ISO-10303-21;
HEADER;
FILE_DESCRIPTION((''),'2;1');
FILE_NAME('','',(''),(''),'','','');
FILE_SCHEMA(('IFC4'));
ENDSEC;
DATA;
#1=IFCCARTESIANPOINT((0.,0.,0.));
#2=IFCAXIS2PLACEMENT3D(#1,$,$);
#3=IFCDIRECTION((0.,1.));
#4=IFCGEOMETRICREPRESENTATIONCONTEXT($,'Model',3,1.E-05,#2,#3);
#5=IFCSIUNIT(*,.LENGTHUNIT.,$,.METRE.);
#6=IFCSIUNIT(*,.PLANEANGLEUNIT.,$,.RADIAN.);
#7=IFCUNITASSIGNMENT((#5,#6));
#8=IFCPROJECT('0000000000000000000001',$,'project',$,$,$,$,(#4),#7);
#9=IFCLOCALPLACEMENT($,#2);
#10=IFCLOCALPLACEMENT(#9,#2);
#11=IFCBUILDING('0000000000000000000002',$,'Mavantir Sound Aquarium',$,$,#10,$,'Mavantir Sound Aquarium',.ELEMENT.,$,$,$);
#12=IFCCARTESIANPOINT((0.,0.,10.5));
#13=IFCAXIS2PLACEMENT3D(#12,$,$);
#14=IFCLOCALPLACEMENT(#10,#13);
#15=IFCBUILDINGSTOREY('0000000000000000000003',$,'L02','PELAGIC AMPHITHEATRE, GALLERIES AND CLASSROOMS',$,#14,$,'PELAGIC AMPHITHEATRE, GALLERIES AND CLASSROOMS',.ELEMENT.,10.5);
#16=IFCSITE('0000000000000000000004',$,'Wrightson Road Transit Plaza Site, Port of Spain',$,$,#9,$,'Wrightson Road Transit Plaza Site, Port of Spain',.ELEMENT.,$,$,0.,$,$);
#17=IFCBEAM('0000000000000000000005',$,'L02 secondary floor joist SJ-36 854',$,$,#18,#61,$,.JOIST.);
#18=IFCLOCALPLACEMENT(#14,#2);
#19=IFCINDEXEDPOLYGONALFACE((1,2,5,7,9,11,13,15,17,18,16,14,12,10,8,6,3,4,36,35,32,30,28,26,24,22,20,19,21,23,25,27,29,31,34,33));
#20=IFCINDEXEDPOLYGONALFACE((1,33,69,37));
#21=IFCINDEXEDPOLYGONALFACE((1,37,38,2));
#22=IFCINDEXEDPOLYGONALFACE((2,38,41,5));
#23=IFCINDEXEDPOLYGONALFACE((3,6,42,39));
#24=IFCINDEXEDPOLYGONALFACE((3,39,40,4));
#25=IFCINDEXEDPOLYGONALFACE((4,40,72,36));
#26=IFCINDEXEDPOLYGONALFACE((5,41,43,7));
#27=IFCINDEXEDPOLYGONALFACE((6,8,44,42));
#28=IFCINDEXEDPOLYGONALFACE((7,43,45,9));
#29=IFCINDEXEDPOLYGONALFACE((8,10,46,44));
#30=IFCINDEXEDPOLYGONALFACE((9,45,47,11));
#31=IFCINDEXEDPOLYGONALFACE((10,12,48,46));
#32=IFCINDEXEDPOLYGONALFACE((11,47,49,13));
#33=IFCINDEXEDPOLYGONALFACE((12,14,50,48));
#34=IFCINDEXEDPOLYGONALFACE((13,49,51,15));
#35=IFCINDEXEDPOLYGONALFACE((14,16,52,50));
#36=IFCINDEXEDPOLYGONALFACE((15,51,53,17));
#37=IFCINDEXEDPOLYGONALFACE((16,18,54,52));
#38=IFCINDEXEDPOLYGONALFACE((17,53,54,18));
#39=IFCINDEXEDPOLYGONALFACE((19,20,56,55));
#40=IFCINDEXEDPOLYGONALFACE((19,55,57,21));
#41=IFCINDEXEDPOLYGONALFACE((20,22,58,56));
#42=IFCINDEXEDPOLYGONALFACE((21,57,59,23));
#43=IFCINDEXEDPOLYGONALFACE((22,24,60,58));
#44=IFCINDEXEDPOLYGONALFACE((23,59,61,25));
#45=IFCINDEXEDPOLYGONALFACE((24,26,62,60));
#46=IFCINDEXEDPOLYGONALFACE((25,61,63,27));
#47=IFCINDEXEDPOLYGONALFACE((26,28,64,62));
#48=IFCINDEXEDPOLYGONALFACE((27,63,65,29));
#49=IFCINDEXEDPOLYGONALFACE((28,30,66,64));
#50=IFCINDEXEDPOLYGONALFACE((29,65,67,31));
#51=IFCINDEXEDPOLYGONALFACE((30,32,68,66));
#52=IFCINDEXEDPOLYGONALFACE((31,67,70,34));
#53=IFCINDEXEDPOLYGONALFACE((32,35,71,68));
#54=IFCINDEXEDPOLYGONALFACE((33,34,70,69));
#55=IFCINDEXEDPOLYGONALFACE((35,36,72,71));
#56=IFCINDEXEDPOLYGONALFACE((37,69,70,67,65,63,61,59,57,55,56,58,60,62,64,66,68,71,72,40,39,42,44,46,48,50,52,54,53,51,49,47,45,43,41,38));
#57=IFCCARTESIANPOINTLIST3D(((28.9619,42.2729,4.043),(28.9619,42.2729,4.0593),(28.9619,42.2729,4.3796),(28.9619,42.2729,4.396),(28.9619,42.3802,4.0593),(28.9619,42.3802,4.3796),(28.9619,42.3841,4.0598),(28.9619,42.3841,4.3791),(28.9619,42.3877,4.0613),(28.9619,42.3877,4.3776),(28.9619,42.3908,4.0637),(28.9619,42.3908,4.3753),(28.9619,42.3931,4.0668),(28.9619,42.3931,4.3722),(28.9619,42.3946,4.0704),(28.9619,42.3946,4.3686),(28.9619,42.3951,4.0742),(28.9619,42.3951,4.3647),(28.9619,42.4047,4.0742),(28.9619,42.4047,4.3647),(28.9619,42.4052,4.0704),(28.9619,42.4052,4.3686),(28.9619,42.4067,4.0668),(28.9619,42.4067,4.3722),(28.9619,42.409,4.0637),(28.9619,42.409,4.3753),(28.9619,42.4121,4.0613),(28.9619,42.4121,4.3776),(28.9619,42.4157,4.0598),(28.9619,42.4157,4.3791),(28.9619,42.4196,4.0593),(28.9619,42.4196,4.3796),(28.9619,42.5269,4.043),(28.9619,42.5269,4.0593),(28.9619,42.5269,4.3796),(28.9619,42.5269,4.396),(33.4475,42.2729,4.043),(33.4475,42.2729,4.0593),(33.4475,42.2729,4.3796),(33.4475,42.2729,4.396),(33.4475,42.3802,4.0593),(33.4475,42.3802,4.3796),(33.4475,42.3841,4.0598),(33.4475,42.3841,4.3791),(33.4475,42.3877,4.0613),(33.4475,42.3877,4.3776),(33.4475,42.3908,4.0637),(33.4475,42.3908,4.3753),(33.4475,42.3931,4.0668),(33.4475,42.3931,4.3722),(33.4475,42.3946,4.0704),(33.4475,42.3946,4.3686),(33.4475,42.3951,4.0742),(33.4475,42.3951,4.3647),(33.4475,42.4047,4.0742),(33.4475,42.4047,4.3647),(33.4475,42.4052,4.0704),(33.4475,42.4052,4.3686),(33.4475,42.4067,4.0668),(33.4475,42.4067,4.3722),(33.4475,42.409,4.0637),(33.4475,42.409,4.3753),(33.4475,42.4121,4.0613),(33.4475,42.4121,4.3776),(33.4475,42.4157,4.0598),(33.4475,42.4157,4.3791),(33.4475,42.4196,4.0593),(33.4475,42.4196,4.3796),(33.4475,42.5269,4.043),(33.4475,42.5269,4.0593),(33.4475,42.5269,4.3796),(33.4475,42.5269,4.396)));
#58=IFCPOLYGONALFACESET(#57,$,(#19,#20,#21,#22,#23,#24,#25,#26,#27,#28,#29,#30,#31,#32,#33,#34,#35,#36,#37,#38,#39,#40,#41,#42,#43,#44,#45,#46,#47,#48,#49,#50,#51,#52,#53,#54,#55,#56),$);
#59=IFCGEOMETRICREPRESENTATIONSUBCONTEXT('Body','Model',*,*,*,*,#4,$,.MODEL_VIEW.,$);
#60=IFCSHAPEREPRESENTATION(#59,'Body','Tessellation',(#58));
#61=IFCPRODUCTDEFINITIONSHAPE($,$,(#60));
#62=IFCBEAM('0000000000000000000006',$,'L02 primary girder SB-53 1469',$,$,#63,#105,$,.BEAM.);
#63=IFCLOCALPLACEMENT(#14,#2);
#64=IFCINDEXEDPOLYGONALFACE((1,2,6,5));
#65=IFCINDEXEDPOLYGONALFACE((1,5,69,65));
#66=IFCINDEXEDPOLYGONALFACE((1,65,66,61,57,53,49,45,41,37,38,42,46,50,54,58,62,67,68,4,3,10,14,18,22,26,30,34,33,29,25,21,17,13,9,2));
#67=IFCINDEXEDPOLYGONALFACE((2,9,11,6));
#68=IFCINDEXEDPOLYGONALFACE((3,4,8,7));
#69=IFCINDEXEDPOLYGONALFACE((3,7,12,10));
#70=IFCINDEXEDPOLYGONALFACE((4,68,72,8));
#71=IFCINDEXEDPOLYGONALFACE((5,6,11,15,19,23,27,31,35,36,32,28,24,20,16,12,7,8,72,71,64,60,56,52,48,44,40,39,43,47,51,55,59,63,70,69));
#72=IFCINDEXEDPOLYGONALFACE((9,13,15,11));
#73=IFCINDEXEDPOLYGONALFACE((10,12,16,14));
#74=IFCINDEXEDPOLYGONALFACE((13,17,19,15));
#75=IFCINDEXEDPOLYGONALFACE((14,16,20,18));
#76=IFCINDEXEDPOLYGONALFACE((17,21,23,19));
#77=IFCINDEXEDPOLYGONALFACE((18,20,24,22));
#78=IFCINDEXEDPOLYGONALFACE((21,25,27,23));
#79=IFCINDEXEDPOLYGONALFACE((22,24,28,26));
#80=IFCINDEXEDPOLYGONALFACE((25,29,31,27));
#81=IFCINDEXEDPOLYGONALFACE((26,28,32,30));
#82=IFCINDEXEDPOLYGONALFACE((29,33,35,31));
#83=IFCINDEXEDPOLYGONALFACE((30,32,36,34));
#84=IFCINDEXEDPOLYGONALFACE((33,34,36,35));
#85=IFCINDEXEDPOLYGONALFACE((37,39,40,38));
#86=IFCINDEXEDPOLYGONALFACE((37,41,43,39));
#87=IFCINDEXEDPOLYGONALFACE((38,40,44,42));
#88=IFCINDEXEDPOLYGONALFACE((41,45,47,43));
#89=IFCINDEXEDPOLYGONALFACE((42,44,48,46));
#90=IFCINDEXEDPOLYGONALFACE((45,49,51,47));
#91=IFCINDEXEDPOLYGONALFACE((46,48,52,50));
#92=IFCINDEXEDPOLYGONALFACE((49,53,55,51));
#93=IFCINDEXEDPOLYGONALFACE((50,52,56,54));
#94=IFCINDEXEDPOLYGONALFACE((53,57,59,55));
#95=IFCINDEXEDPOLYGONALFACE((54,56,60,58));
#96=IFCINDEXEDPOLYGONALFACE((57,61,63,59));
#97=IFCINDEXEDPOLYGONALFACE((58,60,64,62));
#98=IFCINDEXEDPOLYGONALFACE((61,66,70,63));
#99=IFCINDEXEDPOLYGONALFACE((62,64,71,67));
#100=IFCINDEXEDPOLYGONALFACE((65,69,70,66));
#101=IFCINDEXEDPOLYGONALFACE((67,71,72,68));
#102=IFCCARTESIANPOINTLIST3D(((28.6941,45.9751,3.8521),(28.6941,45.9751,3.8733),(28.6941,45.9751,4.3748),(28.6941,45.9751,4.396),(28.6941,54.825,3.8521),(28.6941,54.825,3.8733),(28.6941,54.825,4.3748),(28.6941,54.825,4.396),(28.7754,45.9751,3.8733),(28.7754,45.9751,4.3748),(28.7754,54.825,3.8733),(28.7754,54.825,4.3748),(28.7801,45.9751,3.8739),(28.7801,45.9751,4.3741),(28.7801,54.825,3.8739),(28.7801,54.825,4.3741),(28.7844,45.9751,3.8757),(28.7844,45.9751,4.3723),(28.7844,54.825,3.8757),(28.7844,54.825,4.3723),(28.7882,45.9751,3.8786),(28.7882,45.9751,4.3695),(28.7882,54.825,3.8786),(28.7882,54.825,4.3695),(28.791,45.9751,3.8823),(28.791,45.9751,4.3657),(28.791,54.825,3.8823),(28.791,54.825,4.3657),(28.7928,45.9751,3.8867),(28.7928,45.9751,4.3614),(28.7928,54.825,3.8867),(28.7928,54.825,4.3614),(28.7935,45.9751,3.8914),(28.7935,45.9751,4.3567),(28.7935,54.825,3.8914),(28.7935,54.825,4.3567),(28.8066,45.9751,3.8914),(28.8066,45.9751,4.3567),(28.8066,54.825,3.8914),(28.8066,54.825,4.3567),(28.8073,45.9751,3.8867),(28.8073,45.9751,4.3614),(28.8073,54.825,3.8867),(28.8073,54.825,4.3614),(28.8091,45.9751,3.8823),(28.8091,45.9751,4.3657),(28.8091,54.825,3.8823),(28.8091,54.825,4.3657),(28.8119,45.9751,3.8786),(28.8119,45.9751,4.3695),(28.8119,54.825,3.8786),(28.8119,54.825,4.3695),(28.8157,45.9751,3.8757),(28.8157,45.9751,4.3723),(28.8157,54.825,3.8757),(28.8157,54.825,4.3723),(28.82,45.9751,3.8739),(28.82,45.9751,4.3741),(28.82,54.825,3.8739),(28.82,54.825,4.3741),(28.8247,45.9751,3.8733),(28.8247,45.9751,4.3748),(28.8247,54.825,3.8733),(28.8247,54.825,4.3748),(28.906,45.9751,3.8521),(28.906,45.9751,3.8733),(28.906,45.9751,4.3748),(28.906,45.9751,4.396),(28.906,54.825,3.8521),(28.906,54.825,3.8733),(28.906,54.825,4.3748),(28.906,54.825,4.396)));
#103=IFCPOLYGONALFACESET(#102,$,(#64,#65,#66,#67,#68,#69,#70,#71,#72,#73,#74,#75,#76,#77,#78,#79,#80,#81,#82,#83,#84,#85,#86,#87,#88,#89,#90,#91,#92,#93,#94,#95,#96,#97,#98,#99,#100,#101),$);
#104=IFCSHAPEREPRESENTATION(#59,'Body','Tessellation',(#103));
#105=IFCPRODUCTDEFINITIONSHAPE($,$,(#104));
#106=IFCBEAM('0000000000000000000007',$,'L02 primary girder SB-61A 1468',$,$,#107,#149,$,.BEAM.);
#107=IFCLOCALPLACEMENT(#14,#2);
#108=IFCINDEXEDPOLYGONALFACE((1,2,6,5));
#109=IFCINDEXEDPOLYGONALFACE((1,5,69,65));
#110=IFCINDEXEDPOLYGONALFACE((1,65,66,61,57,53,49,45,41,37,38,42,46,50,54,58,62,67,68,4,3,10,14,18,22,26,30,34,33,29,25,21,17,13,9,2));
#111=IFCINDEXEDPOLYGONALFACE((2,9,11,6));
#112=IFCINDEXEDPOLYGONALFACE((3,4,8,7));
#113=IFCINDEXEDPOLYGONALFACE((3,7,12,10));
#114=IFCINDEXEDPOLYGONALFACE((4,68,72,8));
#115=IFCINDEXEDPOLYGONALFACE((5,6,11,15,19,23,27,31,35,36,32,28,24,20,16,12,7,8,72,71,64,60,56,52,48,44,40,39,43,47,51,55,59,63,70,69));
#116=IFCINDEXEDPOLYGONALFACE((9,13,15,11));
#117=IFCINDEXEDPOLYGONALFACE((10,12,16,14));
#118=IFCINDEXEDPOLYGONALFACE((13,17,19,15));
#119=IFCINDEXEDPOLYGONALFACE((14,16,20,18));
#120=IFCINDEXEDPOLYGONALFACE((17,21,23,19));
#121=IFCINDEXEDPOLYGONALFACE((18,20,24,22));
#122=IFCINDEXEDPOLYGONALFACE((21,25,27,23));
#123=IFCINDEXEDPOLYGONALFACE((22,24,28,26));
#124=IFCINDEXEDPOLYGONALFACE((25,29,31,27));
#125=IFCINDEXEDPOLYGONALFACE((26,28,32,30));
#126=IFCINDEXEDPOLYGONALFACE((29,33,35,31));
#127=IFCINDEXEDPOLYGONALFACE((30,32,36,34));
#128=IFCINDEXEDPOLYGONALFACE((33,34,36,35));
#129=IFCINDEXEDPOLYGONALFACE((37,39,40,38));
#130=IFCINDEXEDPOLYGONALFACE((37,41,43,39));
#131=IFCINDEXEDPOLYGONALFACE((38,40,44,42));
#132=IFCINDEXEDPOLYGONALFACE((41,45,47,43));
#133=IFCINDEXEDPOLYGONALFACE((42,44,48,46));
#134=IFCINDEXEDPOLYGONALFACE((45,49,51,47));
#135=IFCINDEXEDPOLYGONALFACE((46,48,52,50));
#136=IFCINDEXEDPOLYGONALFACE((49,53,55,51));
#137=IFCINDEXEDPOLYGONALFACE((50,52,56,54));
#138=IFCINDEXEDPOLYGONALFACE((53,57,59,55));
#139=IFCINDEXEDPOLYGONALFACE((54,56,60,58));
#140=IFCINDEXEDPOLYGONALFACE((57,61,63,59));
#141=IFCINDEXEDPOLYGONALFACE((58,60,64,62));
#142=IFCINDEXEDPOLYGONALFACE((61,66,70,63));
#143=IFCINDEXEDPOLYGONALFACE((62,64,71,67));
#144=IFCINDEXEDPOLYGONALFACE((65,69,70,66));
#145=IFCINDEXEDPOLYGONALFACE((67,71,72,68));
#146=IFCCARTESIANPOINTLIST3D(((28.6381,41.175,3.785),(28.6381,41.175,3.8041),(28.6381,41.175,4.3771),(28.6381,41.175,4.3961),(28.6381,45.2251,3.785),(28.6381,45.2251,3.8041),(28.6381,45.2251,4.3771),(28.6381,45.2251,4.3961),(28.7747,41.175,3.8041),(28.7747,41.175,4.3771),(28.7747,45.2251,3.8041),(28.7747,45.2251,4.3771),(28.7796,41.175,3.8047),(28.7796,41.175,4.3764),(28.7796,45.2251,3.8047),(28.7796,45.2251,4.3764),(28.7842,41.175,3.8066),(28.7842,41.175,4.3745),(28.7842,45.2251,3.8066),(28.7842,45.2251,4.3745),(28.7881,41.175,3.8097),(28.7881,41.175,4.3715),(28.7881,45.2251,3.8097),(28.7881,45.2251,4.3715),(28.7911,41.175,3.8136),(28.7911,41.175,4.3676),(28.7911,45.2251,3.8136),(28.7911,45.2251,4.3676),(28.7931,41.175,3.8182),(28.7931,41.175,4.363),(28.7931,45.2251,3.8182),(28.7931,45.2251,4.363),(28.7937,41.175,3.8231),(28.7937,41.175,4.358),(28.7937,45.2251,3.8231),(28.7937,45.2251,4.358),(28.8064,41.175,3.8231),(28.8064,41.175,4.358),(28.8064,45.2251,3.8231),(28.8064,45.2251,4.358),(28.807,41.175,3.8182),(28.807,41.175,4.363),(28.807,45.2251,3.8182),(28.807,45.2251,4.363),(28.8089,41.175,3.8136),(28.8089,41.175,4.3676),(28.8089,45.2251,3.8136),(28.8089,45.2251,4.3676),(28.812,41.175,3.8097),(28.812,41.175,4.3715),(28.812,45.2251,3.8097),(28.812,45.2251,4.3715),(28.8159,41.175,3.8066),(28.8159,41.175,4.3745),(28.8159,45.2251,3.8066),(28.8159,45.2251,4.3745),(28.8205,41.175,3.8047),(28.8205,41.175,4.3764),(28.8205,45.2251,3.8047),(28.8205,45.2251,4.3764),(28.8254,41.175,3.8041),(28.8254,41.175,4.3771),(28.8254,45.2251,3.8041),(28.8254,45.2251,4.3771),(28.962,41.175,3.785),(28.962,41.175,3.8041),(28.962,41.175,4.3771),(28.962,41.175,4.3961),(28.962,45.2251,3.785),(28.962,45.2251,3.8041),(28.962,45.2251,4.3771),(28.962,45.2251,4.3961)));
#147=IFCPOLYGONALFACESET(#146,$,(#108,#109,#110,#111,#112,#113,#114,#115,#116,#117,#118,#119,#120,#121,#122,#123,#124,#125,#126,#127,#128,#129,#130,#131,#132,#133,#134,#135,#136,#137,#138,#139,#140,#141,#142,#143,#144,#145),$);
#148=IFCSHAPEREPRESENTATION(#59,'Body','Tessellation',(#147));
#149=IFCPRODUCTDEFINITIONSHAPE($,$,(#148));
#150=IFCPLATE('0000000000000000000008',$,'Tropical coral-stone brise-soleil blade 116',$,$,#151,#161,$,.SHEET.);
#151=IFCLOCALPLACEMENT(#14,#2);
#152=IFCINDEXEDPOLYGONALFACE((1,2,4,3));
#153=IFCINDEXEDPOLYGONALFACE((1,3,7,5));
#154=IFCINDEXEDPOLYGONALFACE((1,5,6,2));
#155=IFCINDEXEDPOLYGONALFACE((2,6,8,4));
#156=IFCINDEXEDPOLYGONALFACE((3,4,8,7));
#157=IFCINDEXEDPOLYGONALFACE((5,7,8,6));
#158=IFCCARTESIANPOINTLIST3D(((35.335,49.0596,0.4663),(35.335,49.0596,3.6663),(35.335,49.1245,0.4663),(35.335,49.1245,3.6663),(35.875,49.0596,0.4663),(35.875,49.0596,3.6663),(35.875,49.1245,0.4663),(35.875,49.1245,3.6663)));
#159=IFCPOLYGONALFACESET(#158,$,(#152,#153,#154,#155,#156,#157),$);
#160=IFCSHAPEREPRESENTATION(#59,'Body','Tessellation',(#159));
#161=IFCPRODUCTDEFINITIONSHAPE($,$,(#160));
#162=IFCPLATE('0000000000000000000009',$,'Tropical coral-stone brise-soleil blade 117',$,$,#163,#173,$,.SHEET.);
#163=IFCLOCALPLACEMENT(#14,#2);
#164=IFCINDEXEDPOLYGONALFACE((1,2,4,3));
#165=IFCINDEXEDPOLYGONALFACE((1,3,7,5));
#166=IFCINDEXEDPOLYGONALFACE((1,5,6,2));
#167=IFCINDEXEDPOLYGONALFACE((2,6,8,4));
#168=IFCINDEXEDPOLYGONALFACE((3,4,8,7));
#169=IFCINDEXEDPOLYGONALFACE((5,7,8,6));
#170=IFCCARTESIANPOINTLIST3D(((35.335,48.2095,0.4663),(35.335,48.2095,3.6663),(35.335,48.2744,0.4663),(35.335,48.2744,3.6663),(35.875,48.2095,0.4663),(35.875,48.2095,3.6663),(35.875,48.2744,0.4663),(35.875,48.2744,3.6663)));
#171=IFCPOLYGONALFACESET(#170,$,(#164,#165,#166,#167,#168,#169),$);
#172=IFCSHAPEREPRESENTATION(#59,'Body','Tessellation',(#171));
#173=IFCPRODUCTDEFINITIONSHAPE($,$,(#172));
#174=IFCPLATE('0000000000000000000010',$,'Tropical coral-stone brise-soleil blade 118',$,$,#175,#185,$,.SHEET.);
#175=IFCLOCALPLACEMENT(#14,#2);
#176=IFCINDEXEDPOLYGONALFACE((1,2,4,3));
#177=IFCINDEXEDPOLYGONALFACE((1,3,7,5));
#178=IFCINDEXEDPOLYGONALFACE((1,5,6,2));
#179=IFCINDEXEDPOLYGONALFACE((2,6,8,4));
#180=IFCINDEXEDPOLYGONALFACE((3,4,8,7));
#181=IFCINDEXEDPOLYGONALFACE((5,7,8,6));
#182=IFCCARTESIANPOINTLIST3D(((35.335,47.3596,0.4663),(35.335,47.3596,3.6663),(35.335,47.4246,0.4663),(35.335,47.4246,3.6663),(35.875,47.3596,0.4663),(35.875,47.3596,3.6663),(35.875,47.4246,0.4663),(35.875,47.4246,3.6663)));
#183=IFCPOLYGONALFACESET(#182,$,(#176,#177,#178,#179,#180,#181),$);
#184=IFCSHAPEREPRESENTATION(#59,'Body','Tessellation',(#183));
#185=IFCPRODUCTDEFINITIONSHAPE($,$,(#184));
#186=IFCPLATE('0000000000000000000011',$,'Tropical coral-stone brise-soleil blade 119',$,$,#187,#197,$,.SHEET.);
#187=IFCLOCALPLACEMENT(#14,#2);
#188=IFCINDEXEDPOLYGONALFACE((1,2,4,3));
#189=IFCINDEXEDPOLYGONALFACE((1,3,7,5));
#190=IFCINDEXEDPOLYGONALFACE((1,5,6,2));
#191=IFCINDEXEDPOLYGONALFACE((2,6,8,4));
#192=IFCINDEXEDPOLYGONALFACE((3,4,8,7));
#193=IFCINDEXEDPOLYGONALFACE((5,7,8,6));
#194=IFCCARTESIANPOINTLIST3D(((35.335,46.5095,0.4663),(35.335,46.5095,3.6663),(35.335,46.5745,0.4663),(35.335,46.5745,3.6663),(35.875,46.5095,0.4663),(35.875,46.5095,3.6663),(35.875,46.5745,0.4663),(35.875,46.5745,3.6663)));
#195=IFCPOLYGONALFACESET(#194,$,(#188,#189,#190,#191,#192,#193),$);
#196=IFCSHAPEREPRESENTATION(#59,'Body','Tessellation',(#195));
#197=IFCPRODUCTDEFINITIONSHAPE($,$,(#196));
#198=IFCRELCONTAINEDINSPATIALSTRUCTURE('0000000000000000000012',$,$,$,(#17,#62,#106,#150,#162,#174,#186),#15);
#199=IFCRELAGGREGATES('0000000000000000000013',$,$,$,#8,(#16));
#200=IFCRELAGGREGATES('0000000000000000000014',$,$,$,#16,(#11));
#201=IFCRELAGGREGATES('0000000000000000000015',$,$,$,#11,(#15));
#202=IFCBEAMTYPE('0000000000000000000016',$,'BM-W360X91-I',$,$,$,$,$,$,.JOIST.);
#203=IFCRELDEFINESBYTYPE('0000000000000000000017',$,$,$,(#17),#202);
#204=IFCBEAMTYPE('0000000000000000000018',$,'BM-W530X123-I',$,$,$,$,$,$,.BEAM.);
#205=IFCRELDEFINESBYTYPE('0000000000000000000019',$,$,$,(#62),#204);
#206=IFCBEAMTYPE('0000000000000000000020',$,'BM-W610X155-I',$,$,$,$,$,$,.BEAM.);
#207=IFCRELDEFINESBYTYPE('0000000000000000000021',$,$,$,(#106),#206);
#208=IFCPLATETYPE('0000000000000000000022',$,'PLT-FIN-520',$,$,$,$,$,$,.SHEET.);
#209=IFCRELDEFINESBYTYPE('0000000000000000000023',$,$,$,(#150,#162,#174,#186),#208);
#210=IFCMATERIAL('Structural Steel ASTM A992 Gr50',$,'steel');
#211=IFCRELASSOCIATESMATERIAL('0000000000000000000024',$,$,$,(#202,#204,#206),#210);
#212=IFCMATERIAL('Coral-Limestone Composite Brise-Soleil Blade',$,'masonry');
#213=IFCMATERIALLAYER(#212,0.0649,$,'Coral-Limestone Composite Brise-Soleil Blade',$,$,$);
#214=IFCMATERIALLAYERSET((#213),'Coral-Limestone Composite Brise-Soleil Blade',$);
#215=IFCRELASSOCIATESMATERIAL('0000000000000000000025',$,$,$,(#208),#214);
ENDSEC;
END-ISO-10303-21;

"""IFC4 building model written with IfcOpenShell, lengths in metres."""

from ifc_helpers import new_model, si_unit, direction, frame, origin, origin_2d, place, context, subcontext, project, spatial, rectangle, i_section, extrude, material, layer, layer_set, material_profile, profile_set, type_object, element, save


model = new_model("IFC4")

# Units and contexts
model_context = context("Model", 3, precision=1e-05, world=origin(), true_north=direction((0.0, 1.0)))
body_context = subcontext(model_context, "Body", "Model", "MODEL_VIEW")
ifc_project = project(units=[si_unit("LENGTHUNIT", "METRE"), si_unit("PLANEANGLEUNIT", "RADIAN")], contexts=[model_context])

# Site, building, storey
site_placement = place(None, origin())
site = spatial("IfcSite", under=ifc_project, at=site_placement, Name="Wrightson Road Transit Plaza Site, Port of Spain", LongName="Wrightson Road Transit Plaza Site, Port of Spain", CompositionType="ELEMENT", RefElevation=0.0)
building_placement = place(site_placement, origin())
building = spatial("IfcBuilding", under=site, at=building_placement, Name="Mavantir Sound Aquarium", LongName="Mavantir Sound Aquarium", CompositionType="ELEMENT")
storey_placement = place(building_placement, frame((0.0, 0.0, 10.5)))
storey = spatial("IfcBuildingStorey", under=building, at=storey_placement, Name="L02", Description="PELAGIC AMPHITHEATRE, GALLERIES AND CLASSROOMS", LongName="PELAGIC AMPHITHEATRE, GALLERIES AND CLASSROOMS", CompositionType="ELEMENT", Elevation=10.5)

# Beams
ifc_material_1 = material(Name="Structural Steel ASTM A992 Gr50", Category="steel")
ifc_material_profile_1 = material_profile(ifc_material_1, i_section(OverallWidth=0.2539, OverallDepth=0.353, WebThickness=0.0095, FlangeThickness=0.0164, FilletRadius=0.0149, at=origin_2d()), Name="W360X91")
ifc_profile_set_1 = profile_set([ifc_material_profile_1], Name="Structural Steel ASTM A992 Gr50")
beam_type_1 = type_object("IfcBeamType", Name="BM-W360X91-I", PredefinedType="JOIST", material=ifc_profile_set_1)
beam_1_placement = place(storey_placement, frame((28.9619, 42.3999, 4.2195), z_axis=(1.0, 0.0, 0.0), x_axis=(0.0, 1.0, 0.0)))
element("IfcBeam", 1, at=beam_1_placement, inside=storey, type_object=beam_type_1, Name="L02 secondary floor joist SJ-36 854", PredefinedType="JOIST", context=body_context, shape_type="SweptSolid", body=[
    extrude(i_section(OverallWidth=0.2539, OverallDepth=0.353, WebThickness=0.0095, FlangeThickness=0.0164, FilletRadius=0.0149, at=origin_2d()), origin(), (0.0, 0.0, 1.0), 4.4856),
])
ifc_material_profile_2 = material_profile(ifc_material_1, i_section(OverallWidth=0.2119, OverallDepth=0.5439, WebThickness=0.0132, FlangeThickness=0.0212, FilletRadius=0.0181, at=origin_2d()), Name="W530X123")
ifc_profile_set_2 = profile_set([ifc_material_profile_2], Name="Structural Steel ASTM A992 Gr50")
beam_type_2 = type_object("IfcBeamType", Name="BM-W530X123-I", PredefinedType="BEAM", material=ifc_profile_set_2)
beam_2_placement = place(storey_placement, frame((28.8, 45.9751, 4.124), z_axis=(0.0, 1.0, 0.0), x_axis=(-1.0, 0.0, 0.0)))
element("IfcBeam", 2, at=beam_2_placement, inside=storey, type_object=beam_type_2, Name="L02 primary girder SB-53 1469", PredefinedType="BEAM", context=body_context, shape_type="SweptSolid", body=[
    extrude(i_section(OverallWidth=0.2119, OverallDepth=0.5439, WebThickness=0.0132, FlangeThickness=0.0212, FilletRadius=0.0181, at=origin_2d()), origin(), (0.0, 0.0, 1.0), 8.8499),
])
ifc_material_profile_3 = material_profile(ifc_material_1, i_section(OverallWidth=0.324, OverallDepth=0.6111, WebThickness=0.0127, FlangeThickness=0.019, FilletRadius=0.019, at=origin_2d()), Name="W610X155")
ifc_profile_set_3 = profile_set([ifc_material_profile_3], Name="Structural Steel ASTM A992 Gr50")
beam_type_3 = type_object("IfcBeamType", Name="BM-W610X155-I", PredefinedType="BEAM", material=ifc_profile_set_3)
beam_3_placement = place(storey_placement, frame((28.8, 41.175, 4.0906), z_axis=(0.0, 1.0, 0.0), x_axis=(-1.0, 0.0, 0.0)))
element("IfcBeam", 3, at=beam_3_placement, inside=storey, type_object=beam_type_3, Name="L02 primary girder SB-61A 1468", PredefinedType="BEAM", context=body_context, shape_type="SweptSolid", body=[
    extrude(i_section(OverallWidth=0.324, OverallDepth=0.6111, WebThickness=0.0127, FlangeThickness=0.019, FilletRadius=0.019, at=origin_2d()), origin(), (0.0, 0.0, 1.0), 4.05),
])

# Plates
ifc_material_2 = material(Name="Coral-Limestone Composite Brise-Soleil Blade", Category="masonry")
ifc_layer_1 = layer(ifc_material_2, 0.0649, Name="Coral-Limestone Composite Brise-Soleil Blade")
ifc_layer_set_1 = layer_set([ifc_layer_1], Name="Coral-Limestone Composite Brise-Soleil Blade")
plate_type = type_object("IfcPlateType", Name="PLT-FIN-520", PredefinedType="SHEET", material=ifc_layer_set_1)
for number, where, z_axis, x_axis, name in (
    (4, (35.605, 49.092, 0.4663), (0.0, 0.0, 1.0), (0.0, 1.0, 0.0), "Tropical coral-stone brise-soleil blade 116"),
    (5, (35.605, 48.2419, 0.4663), (0.0, 0.0, 1.0), (0.0, 1.0, 0.0), "Tropical coral-stone brise-soleil blade 117"),
    (6, (35.605, 47.3921, 0.4663), (0.0, 0.0, 1.0), (0.0, 1.0, 0.0), "Tropical coral-stone brise-soleil blade 118"),
    (7, (35.605, 46.542, 0.4663), (0.0, 0.0, 1.0), (0.0, 1.0, 0.0), "Tropical coral-stone brise-soleil blade 119"),
):
    element("IfcPlate", number, at=place(storey_placement, frame(where, z_axis=z_axis, x_axis=x_axis)), inside=storey, type_object=plate_type, Name=name, PredefinedType="SHEET", context=body_context, shape_type="SweptSolid", body=[
        extrude(rectangle(XDim=0.0649, YDim=0.54, at=origin_2d()), origin(), (0.0, 0.0, 1.0), 3.2),
    ])

save(model, "model.ifc")
